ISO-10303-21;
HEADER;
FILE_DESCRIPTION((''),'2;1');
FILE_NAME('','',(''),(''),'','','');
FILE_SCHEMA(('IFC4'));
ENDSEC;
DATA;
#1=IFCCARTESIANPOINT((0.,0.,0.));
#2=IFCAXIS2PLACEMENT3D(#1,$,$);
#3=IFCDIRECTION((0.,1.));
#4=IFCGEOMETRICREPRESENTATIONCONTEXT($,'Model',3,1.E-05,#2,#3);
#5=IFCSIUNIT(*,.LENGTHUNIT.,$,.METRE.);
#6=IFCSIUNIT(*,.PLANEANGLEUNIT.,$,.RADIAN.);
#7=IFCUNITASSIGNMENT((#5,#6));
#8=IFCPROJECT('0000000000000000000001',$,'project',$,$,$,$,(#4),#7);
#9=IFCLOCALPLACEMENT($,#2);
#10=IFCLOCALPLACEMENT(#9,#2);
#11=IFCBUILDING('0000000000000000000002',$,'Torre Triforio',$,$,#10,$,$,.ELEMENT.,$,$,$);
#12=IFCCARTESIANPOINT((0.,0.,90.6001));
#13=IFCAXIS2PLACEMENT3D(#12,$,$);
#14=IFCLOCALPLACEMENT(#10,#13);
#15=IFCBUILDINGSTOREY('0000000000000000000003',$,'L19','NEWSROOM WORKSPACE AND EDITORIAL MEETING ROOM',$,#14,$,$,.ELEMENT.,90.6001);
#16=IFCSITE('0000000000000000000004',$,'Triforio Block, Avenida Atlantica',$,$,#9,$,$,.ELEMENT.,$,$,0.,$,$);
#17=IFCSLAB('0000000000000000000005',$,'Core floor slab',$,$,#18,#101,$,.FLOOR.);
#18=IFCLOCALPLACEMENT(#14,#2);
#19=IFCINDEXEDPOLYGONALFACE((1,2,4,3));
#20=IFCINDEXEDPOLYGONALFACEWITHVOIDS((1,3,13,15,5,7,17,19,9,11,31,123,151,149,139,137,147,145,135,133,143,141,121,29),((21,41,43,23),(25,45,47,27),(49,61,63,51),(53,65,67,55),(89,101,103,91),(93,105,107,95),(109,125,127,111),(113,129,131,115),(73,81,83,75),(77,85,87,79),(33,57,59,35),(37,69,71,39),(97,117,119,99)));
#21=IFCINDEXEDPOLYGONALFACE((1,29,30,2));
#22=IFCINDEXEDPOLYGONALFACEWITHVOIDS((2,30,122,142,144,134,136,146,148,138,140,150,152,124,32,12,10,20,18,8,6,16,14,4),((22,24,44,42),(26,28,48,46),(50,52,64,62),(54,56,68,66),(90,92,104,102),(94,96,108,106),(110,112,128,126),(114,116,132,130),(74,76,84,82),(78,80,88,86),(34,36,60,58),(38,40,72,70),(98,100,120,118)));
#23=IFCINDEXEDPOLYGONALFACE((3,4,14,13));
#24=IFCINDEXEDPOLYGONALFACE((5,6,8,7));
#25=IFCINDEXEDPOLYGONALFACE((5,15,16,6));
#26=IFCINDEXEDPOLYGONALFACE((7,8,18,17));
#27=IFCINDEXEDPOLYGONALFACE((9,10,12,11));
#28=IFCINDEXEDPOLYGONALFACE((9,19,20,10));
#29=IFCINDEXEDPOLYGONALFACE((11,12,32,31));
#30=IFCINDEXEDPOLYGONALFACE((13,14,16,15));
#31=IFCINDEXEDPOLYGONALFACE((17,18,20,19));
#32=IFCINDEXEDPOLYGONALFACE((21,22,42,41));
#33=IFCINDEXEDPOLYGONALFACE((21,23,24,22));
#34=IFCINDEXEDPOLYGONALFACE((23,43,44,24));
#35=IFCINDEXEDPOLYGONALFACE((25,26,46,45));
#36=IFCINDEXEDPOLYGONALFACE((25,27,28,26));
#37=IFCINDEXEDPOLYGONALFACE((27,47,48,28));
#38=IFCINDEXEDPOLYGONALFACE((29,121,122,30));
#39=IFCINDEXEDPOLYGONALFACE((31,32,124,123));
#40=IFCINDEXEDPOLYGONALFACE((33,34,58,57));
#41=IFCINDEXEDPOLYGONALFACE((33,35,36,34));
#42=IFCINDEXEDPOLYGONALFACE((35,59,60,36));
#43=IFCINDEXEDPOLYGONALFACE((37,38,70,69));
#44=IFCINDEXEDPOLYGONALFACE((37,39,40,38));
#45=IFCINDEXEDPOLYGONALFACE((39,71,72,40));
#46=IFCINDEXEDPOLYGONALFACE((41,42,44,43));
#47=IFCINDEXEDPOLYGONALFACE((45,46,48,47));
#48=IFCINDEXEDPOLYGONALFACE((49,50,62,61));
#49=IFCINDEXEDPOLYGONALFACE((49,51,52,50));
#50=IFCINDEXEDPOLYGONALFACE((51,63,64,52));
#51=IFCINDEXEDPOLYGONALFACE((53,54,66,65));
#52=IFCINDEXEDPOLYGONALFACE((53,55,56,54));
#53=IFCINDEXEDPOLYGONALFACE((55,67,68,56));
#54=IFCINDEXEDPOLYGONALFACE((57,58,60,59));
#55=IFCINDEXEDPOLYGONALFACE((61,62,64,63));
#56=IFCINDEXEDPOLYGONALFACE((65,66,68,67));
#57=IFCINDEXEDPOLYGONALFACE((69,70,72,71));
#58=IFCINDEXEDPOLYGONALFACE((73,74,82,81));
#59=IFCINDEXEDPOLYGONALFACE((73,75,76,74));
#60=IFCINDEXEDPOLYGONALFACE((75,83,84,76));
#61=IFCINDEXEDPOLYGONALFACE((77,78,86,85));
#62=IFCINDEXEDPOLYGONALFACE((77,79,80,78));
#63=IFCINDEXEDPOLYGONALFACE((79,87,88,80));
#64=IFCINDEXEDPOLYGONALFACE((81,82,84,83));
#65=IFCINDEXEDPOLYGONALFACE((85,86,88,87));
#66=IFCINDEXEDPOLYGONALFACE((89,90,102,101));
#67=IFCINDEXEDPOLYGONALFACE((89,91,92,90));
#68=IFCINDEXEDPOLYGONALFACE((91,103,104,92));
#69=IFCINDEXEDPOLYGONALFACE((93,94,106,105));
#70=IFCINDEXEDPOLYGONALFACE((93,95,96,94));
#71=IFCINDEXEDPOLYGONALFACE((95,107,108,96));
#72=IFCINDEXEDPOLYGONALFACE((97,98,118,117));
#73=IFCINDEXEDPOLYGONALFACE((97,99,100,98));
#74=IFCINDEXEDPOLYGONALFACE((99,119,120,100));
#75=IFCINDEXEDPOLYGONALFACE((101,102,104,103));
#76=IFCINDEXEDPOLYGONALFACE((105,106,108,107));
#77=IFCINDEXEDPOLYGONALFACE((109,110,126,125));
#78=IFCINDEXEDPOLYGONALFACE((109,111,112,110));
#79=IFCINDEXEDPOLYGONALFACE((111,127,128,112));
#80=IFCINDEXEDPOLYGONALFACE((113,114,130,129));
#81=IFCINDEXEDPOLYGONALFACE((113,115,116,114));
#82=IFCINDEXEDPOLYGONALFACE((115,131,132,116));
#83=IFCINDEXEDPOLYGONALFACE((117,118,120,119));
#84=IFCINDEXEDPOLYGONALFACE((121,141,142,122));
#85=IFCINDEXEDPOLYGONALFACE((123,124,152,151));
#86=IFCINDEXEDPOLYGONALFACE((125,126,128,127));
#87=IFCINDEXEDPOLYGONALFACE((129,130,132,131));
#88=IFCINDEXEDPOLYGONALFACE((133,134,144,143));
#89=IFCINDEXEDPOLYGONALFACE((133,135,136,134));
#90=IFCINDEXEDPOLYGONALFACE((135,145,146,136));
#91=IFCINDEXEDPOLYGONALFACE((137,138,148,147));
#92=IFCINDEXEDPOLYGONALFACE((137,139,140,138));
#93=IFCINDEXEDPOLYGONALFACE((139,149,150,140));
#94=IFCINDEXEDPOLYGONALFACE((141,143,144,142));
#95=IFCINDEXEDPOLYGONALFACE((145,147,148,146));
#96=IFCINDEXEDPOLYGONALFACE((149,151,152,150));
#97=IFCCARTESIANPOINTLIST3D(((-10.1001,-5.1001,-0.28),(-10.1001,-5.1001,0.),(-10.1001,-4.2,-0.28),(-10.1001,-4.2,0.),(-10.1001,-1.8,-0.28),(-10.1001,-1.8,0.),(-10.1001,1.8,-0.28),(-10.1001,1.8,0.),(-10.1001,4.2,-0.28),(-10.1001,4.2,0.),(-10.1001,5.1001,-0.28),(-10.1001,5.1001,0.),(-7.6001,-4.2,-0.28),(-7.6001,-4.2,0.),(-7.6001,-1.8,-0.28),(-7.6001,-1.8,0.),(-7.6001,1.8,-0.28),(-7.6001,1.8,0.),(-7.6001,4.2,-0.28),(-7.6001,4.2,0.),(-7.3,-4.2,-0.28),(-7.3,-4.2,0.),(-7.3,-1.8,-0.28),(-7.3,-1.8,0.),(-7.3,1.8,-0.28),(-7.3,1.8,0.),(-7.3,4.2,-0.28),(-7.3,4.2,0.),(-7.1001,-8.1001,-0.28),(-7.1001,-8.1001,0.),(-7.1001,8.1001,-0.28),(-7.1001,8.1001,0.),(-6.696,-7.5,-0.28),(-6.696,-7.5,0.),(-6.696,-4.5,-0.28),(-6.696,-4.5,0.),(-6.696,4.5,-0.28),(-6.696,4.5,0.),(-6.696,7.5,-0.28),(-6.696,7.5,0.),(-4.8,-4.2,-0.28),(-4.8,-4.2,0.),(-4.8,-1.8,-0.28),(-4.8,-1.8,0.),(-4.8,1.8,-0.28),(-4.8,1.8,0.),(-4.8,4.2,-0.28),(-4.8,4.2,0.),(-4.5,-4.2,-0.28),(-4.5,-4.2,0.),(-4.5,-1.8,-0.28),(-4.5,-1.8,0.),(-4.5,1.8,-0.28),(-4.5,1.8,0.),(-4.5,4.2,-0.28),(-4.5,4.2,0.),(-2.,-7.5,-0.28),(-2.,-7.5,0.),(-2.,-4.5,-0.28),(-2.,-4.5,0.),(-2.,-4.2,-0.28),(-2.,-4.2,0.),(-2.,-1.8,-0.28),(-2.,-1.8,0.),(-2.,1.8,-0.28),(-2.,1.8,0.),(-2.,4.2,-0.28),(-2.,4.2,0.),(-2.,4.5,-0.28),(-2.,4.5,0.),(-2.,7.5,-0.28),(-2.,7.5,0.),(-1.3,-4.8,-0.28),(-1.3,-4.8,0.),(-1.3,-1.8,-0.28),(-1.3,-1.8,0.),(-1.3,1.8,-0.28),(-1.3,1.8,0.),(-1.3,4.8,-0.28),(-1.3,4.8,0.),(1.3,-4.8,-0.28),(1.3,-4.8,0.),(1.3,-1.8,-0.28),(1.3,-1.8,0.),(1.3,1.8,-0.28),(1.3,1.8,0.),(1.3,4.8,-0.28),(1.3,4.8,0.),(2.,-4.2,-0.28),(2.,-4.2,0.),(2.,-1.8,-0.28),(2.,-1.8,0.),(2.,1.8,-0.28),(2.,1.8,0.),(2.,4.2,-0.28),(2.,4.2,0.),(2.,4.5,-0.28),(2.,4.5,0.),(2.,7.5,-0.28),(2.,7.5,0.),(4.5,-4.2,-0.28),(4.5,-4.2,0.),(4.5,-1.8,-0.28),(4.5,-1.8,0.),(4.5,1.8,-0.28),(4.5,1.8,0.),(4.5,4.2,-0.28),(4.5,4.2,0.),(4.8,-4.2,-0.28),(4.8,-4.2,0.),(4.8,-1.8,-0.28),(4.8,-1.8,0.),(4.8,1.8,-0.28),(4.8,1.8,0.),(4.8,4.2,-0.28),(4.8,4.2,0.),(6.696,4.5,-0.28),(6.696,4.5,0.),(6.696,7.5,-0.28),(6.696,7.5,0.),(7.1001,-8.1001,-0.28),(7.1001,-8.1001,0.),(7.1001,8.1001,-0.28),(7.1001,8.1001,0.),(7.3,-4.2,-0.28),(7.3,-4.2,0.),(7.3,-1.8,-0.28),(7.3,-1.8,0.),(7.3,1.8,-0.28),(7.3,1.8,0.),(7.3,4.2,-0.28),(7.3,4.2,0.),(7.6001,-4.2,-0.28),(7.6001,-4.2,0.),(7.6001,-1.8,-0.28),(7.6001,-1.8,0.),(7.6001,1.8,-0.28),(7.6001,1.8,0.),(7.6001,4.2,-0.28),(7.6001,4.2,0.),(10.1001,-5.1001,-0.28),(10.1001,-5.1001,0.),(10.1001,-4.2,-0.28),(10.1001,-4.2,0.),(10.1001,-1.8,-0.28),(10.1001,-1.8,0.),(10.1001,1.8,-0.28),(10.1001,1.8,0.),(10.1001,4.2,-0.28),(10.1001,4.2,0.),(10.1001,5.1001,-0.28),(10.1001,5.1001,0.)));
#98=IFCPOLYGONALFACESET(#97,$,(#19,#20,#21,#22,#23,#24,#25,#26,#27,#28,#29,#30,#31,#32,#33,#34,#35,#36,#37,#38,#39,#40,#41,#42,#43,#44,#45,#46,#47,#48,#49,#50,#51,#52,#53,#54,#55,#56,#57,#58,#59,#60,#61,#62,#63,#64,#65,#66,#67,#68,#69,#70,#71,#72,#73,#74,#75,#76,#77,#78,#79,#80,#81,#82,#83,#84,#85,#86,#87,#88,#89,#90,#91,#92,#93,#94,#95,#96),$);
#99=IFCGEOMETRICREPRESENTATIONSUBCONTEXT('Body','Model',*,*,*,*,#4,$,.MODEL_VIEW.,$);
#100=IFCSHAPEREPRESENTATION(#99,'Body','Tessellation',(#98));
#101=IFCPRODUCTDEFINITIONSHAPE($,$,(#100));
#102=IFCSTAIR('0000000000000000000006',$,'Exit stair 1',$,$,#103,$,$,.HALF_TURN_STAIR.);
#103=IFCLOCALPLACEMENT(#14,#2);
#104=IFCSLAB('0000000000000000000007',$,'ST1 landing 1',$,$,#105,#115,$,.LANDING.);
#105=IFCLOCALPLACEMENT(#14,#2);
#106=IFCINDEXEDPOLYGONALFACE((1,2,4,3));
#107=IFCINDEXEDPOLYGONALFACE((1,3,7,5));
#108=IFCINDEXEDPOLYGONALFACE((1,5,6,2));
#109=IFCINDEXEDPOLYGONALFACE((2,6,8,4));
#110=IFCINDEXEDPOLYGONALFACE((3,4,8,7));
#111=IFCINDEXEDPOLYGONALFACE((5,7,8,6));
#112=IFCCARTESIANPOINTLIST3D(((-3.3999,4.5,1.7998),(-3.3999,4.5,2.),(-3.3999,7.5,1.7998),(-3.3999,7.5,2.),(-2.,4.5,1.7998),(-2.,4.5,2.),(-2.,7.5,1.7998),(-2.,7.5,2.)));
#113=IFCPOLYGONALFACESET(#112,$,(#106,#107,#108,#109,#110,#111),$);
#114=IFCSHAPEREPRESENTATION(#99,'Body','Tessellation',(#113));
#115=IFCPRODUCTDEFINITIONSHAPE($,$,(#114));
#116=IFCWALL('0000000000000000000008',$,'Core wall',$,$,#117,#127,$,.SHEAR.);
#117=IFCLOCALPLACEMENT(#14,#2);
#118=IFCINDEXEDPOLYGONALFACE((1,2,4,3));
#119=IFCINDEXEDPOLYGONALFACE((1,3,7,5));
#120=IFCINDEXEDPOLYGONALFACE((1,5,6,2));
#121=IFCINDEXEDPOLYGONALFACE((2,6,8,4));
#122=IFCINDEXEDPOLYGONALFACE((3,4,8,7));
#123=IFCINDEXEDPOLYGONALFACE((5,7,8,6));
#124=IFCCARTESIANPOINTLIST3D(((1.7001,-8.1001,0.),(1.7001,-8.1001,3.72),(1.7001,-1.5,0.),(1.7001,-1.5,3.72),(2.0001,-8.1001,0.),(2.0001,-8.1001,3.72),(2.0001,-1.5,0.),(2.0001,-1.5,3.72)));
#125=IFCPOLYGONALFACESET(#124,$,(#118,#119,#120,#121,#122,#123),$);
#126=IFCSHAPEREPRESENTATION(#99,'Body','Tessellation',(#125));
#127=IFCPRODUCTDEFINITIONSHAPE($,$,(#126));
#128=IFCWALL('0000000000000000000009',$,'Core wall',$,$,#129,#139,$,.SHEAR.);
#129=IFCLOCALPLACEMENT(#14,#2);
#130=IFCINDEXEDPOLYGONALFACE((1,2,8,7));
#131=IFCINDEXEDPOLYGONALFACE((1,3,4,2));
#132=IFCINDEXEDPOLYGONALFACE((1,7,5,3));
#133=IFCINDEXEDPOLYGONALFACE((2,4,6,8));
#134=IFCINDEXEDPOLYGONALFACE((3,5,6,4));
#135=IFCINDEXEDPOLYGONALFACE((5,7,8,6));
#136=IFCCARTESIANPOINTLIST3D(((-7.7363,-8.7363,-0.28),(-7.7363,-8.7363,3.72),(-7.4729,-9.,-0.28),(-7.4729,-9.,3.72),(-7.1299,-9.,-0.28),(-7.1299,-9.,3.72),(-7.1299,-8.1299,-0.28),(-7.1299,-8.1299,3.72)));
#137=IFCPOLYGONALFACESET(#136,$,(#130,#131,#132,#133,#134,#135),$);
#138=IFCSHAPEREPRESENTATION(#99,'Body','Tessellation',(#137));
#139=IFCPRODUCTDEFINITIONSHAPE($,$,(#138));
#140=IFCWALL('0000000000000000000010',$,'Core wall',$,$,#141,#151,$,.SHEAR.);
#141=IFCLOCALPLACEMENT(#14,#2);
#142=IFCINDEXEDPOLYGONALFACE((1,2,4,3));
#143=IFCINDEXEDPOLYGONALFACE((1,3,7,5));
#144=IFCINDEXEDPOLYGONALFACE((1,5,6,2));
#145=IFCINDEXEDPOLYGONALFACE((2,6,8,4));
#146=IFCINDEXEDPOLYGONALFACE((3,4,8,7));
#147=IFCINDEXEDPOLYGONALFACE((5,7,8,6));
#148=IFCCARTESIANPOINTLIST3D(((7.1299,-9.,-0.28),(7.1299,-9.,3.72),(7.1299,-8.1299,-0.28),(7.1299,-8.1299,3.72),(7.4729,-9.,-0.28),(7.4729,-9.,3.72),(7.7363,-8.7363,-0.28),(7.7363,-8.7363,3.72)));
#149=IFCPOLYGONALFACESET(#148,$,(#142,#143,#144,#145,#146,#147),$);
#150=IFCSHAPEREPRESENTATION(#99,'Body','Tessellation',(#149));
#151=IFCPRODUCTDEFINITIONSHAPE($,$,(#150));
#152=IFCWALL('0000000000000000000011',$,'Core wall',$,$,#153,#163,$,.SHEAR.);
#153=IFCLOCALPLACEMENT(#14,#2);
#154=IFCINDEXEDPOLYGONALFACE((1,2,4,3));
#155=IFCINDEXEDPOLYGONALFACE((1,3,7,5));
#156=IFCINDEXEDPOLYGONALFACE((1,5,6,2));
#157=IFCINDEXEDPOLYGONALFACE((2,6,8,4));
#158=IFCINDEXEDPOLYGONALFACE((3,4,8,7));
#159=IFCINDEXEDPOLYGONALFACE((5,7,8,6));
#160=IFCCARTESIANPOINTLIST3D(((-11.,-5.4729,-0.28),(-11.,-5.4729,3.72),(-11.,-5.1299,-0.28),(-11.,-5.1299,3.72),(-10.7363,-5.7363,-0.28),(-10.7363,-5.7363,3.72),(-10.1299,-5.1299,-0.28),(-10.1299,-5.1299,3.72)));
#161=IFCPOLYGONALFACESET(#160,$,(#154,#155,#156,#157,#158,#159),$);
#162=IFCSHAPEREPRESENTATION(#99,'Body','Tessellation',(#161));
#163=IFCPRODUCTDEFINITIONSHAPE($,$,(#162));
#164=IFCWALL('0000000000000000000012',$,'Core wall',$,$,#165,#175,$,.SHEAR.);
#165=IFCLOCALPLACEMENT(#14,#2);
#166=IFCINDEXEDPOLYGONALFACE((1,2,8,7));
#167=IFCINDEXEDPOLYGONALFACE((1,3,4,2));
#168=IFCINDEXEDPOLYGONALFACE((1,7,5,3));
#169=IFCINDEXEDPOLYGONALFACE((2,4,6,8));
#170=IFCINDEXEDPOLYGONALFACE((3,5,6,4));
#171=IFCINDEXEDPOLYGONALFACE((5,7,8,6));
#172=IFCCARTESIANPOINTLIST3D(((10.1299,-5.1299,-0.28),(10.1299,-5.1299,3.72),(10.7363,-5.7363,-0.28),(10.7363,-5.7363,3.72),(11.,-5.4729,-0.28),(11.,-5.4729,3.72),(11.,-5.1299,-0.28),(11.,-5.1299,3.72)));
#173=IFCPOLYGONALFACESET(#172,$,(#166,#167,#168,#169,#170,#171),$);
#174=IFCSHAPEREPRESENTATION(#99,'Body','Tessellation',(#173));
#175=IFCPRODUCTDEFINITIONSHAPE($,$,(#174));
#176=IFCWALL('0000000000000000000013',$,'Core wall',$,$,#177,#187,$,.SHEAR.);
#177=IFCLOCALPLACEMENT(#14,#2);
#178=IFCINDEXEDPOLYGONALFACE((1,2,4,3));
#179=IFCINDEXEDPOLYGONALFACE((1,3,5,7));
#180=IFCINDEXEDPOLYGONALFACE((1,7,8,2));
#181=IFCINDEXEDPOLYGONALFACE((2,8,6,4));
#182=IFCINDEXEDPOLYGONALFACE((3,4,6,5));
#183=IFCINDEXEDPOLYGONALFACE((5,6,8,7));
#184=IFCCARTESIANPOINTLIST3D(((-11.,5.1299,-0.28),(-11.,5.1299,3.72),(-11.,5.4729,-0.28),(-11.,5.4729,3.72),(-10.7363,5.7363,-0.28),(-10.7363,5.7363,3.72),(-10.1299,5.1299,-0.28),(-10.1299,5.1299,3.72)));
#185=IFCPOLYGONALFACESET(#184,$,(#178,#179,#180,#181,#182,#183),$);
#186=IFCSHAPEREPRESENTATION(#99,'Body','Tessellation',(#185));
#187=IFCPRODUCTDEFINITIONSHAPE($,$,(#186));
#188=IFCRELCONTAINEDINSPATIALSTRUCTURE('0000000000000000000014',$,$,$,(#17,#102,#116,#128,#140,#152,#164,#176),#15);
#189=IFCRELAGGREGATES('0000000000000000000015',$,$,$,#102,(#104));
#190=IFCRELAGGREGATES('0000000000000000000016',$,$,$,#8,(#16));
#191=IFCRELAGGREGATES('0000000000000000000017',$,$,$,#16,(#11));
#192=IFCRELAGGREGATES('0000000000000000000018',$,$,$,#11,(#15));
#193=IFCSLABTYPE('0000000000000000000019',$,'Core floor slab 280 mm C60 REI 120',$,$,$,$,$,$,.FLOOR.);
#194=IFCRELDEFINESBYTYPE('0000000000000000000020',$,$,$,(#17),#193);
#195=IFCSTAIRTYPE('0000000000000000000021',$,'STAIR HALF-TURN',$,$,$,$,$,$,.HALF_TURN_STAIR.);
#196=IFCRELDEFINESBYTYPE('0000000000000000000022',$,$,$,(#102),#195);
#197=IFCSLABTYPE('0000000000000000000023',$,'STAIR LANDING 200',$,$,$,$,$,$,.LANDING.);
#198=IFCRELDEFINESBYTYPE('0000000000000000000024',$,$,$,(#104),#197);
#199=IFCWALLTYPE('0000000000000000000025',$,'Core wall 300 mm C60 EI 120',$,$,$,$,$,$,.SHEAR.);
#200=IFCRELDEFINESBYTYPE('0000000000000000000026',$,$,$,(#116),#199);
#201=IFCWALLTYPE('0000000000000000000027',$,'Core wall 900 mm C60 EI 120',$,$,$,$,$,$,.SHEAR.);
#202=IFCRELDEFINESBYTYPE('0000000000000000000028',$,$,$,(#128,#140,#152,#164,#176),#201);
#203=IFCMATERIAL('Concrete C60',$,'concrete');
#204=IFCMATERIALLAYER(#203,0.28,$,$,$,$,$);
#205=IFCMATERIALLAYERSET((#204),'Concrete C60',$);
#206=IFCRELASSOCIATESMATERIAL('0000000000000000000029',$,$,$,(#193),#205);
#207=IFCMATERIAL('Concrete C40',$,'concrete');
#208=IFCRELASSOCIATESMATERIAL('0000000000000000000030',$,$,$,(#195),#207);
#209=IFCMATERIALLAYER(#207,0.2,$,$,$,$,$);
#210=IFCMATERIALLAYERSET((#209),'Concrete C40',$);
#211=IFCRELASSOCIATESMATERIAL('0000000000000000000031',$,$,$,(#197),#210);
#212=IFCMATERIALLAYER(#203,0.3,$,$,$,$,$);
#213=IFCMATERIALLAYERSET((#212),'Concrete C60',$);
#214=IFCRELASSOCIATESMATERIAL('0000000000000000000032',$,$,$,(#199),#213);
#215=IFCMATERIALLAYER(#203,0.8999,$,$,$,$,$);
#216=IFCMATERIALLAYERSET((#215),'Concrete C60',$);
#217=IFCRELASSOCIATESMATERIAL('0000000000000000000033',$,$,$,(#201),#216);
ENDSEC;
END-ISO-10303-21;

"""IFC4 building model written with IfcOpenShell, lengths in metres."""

from ifc_helpers import new_model, si_unit, direction, frame, frame_2d, origin, place, context, subcontext, project, spatial, polyline, rectangle, outline, extrude, material, layer, layer_set, type_object, element, aggregate, save


model = new_model("IFC4")

# Units and contexts
model_context = context("Model", 3, precision=1e-05, world=origin(), true_north=direction((0.0, 1.0)))
body_context = subcontext(model_context, "Body", "Model", "MODEL_VIEW")
ifc_project = project(units=[si_unit("LENGTHUNIT", "METRE"), si_unit("PLANEANGLEUNIT", "RADIAN")], contexts=[model_context])

# Site, building, storey
site_placement = place(None, origin())
site = spatial("IfcSite", under=ifc_project, at=site_placement, Name="Triforio Block, Avenida Atlantica", CompositionType="ELEMENT", RefElevation=0.0)
building_placement = place(site_placement, origin())
building = spatial("IfcBuilding", under=site, at=building_placement, Name="Torre Triforio", CompositionType="ELEMENT")
storey_placement = place(building_placement, frame((0.0, 0.0, 90.6001)))
storey = spatial("IfcBuildingStorey", under=building, at=storey_placement, Name="L19", Description="NEWSROOM WORKSPACE AND EDITORIAL MEETING ROOM", CompositionType="ELEMENT", Elevation=90.6001)

# Slab
ifc_material_1 = material(Name="Concrete C60", Category="concrete")
ifc_layer_1 = layer(ifc_material_1, 0.28)
ifc_layer_set_1 = layer_set([ifc_layer_1], Name="Concrete C60")
slab_type_1 = type_object("IfcSlabType", Name="Core floor slab 280 mm C60 REI 120", PredefinedType="FLOOR", material=ifc_layer_set_1)
slab_1_placement = place(storey_placement, frame((0.0, 0.0, -0.28)))
element("IfcSlab", 1, at=slab_1_placement, inside=storey, type_object=slab_type_1, Name="Core floor slab", PredefinedType="FLOOR", context=body_context, shape_type="SweptSolid", body=[
    extrude(outline(polyline([(10.1001, -5.1001), (7.1001, -8.1001), (-7.1001, -8.1001), (-10.1001, -5.1001), (-10.1001, -4.2), (-7.6001, -4.2), (-7.6001, -1.8), (-10.1001, -1.8), (-10.1001, 1.8), (-7.6001, 1.8), (-7.6001, 4.2), (-10.1001, 4.2), (-10.1001, 5.1001), (-7.1001, 8.1001), (7.1001, 8.1001), (10.1001, 5.1001), (10.1001, 4.2), (7.6001, 4.2), (7.6001, 1.8), (10.1001, 1.8), (10.1001, -1.8), (7.6001, -1.8), (7.6001, -4.2), (10.1001, -4.2), (10.1001, -5.1001)]), holes=[polyline([(-2.0, -4.5), (-6.696, -4.5), (-6.696, -7.5), (-2.0, -7.5), (-2.0, -4.5)]), polyline([(-4.8, -1.8), (-7.3, -1.8), (-7.3, -4.2), (-4.8, -4.2), (-4.8, -1.8)]), polyline([(-2.0, -1.8), (-4.5, -1.8), (-4.5, -4.2), (-2.0, -4.2), (-2.0, -1.8)]), polyline([(-4.8, 4.2), (-7.3, 4.2), (-7.3, 1.8), (-4.8, 1.8), (-4.8, 4.2)]), polyline([(-2.0, 4.2), (-4.5, 4.2), (-4.5, 1.8), (-2.0, 1.8), (-2.0, 4.2)]), polyline([(1.3, 4.8), (-1.3, 4.8), (-1.3, 1.8), (1.3, 1.8), (1.3, 4.8)]), polyline([(-2.0, 7.5), (-6.696, 7.5), (-6.696, 4.5), (-2.0, 4.5), (-2.0, 7.5)]), polyline([(1.3, -1.8), (-1.3, -1.8), (-1.3, -4.8), (1.3, -4.8), (1.3, -1.8)]), polyline([(4.5, -1.8), (2.0, -1.8), (2.0, -4.2), (4.5, -4.2), (4.5, -1.8)]), polyline([(7.3, -1.8), (4.8, -1.8), (4.8, -4.2), (7.3, -4.2), (7.3, -1.8)]), polyline([(4.5, 4.2), (2.0, 4.2), (2.0, 1.8), (4.5, 1.8), (4.5, 4.2)]), polyline([(7.3, 4.2), (4.8, 4.2), (4.8, 1.8), (7.3, 1.8), (7.3, 4.2)]), polyline([(6.696, 4.5), (6.696, 7.5), (2.0, 7.5), (2.0, 4.5), (6.696, 4.5)])]), origin(), (0.0, 0.0, 1.0), 0.28),
])

# Stair, slab
ifc_material_2 = material(Name="Concrete C40", Category="concrete")
stair_type = type_object("IfcStairType", Name="STAIR HALF-TURN", PredefinedType="HALF_TURN_STAIR", material=ifc_material_2)
stair_placement = place(storey_placement, origin())
stair = element("IfcStair", 2, at=stair_placement, inside=storey, type_object=stair_type, Name="Exit stair 1", PredefinedType="HALF_TURN_STAIR")
ifc_layer_2 = layer(ifc_material_2, 0.2)
ifc_layer_set_2 = layer_set([ifc_layer_2], Name="Concrete C40")
slab_type_2 = type_object("IfcSlabType", Name="STAIR LANDING 200", PredefinedType="LANDING", material=ifc_layer_set_2)
slab_2_placement = place(storey_placement, frame((0.0, 0.0, 1.7998)))
slab_2 = element("IfcSlab", 3, at=slab_2_placement, type_object=slab_type_2, Name="ST1 landing 1", PredefinedType="LANDING", context=body_context, shape_type="SweptSolid", body=[
    extrude(outline(polyline([(-2.0, 4.5), (-2.0, 7.5), (-3.3999, 7.5), (-3.3999, 4.5), (-2.0, 4.5)])), origin(), (0.0, 0.0, 1.0), 0.2002),
])
aggregate(stair, [slab_2])

# Walls
ifc_layer_3 = layer(ifc_material_1, 0.3)
ifc_layer_set_3 = layer_set([ifc_layer_3], Name="Concrete C60")
wall_type_1 = type_object("IfcWallType", Name="Core wall 300 mm C60 EI 120", PredefinedType="SHEAR", material=ifc_layer_set_3)
wall_1_placement = place(storey_placement, frame((1.8501, -8.1001, 0.0), z_axis=(0.0, 0.0, 1.0), x_axis=(0.0, 1.0, 0.0)))
element("IfcWall", 4, at=wall_1_placement, inside=storey, type_object=wall_type_1, Name="Core wall", PredefinedType="SHEAR", context=body_context, shape_type="SweptSolid", body=[
    extrude(rectangle(XDim=6.6001, YDim=0.3, at=frame_2d((3.3, 0.0))), origin(), (0.0, 0.0, 1.0), 3.72),
])
ifc_layer_4 = layer(ifc_material_1, 0.8999)
ifc_layer_set_4 = layer_set([ifc_layer_4], Name="Concrete C60")
wall_type_2 = type_object("IfcWallType", Name="Core wall 900 mm C60 EI 120", PredefinedType="SHEAR", material=ifc_layer_set_4)
wall_2_placement = place(storey_placement, frame((0.0, 0.0, -0.28)))
element("IfcWall", 5, at=wall_2_placement, inside=storey, type_object=wall_type_2, Name="Core wall", PredefinedType="SHEAR", context=body_context, shape_type="SweptSolid", body=[
    extrude(outline(polyline([(-7.4729, -9.0), (-7.7363, -8.7363), (-7.1299, -8.1299), (-7.1299, -9.0), (-7.4729, -9.0)])), origin(), (0.0, 0.0, 1.0), 4.0),
])
wall_3_placement = place(storey_placement, frame((0.0, 0.0, -0.28)))
element("IfcWall", 6, at=wall_3_placement, inside=storey, type_object=wall_type_2, Name="Core wall", PredefinedType="SHEAR", context=body_context, shape_type="SweptSolid", body=[
    extrude(outline(polyline([(7.4729, -9.0), (7.1299, -9.0), (7.1299, -8.1299), (7.7363, -8.7363), (7.4729, -9.0)])), origin(), (0.0, 0.0, 1.0), 4.0),
])
wall_4_placement = place(storey_placement, frame((0.0, 0.0, -0.28)))
element("IfcWall", 7, at=wall_4_placement, inside=storey, type_object=wall_type_2, Name="Core wall", PredefinedType="SHEAR", context=body_context, shape_type="SweptSolid", body=[
    extrude(outline(polyline([(-11.0, -5.4729), (-11.0, -5.1299), (-10.1299, -5.1299), (-10.7363, -5.7363), (-11.0, -5.4729)])), origin(), (0.0, 0.0, 1.0), 4.0),
])
wall_5_placement = place(storey_placement, frame((0.0, 0.0, -0.28)))
element("IfcWall", 8, at=wall_5_placement, inside=storey, type_object=wall_type_2, Name="Core wall", PredefinedType="SHEAR", context=body_context, shape_type="SweptSolid", body=[
    extrude(outline(polyline([(11.0, -5.4729), (10.7363, -5.7363), (10.1299, -5.1299), (11.0, -5.1299), (11.0, -5.4729)])), origin(), (0.0, 0.0, 1.0), 4.0),
])
wall_6_placement = place(storey_placement, frame((0.0, 0.0, -0.28)))
element("IfcWall", 9, at=wall_6_placement, inside=storey, type_object=wall_type_2, Name="Core wall", PredefinedType="SHEAR", context=body_context, shape_type="SweptSolid", body=[
    extrude(outline(polyline([(-10.7363, 5.7363), (-10.1299, 5.1299), (-11.0, 5.1299), (-11.0, 5.4729), (-10.7363, 5.7363)])), origin(), (0.0, 0.0, 1.0), 4.0),
])

save(model, "model.ifc")
